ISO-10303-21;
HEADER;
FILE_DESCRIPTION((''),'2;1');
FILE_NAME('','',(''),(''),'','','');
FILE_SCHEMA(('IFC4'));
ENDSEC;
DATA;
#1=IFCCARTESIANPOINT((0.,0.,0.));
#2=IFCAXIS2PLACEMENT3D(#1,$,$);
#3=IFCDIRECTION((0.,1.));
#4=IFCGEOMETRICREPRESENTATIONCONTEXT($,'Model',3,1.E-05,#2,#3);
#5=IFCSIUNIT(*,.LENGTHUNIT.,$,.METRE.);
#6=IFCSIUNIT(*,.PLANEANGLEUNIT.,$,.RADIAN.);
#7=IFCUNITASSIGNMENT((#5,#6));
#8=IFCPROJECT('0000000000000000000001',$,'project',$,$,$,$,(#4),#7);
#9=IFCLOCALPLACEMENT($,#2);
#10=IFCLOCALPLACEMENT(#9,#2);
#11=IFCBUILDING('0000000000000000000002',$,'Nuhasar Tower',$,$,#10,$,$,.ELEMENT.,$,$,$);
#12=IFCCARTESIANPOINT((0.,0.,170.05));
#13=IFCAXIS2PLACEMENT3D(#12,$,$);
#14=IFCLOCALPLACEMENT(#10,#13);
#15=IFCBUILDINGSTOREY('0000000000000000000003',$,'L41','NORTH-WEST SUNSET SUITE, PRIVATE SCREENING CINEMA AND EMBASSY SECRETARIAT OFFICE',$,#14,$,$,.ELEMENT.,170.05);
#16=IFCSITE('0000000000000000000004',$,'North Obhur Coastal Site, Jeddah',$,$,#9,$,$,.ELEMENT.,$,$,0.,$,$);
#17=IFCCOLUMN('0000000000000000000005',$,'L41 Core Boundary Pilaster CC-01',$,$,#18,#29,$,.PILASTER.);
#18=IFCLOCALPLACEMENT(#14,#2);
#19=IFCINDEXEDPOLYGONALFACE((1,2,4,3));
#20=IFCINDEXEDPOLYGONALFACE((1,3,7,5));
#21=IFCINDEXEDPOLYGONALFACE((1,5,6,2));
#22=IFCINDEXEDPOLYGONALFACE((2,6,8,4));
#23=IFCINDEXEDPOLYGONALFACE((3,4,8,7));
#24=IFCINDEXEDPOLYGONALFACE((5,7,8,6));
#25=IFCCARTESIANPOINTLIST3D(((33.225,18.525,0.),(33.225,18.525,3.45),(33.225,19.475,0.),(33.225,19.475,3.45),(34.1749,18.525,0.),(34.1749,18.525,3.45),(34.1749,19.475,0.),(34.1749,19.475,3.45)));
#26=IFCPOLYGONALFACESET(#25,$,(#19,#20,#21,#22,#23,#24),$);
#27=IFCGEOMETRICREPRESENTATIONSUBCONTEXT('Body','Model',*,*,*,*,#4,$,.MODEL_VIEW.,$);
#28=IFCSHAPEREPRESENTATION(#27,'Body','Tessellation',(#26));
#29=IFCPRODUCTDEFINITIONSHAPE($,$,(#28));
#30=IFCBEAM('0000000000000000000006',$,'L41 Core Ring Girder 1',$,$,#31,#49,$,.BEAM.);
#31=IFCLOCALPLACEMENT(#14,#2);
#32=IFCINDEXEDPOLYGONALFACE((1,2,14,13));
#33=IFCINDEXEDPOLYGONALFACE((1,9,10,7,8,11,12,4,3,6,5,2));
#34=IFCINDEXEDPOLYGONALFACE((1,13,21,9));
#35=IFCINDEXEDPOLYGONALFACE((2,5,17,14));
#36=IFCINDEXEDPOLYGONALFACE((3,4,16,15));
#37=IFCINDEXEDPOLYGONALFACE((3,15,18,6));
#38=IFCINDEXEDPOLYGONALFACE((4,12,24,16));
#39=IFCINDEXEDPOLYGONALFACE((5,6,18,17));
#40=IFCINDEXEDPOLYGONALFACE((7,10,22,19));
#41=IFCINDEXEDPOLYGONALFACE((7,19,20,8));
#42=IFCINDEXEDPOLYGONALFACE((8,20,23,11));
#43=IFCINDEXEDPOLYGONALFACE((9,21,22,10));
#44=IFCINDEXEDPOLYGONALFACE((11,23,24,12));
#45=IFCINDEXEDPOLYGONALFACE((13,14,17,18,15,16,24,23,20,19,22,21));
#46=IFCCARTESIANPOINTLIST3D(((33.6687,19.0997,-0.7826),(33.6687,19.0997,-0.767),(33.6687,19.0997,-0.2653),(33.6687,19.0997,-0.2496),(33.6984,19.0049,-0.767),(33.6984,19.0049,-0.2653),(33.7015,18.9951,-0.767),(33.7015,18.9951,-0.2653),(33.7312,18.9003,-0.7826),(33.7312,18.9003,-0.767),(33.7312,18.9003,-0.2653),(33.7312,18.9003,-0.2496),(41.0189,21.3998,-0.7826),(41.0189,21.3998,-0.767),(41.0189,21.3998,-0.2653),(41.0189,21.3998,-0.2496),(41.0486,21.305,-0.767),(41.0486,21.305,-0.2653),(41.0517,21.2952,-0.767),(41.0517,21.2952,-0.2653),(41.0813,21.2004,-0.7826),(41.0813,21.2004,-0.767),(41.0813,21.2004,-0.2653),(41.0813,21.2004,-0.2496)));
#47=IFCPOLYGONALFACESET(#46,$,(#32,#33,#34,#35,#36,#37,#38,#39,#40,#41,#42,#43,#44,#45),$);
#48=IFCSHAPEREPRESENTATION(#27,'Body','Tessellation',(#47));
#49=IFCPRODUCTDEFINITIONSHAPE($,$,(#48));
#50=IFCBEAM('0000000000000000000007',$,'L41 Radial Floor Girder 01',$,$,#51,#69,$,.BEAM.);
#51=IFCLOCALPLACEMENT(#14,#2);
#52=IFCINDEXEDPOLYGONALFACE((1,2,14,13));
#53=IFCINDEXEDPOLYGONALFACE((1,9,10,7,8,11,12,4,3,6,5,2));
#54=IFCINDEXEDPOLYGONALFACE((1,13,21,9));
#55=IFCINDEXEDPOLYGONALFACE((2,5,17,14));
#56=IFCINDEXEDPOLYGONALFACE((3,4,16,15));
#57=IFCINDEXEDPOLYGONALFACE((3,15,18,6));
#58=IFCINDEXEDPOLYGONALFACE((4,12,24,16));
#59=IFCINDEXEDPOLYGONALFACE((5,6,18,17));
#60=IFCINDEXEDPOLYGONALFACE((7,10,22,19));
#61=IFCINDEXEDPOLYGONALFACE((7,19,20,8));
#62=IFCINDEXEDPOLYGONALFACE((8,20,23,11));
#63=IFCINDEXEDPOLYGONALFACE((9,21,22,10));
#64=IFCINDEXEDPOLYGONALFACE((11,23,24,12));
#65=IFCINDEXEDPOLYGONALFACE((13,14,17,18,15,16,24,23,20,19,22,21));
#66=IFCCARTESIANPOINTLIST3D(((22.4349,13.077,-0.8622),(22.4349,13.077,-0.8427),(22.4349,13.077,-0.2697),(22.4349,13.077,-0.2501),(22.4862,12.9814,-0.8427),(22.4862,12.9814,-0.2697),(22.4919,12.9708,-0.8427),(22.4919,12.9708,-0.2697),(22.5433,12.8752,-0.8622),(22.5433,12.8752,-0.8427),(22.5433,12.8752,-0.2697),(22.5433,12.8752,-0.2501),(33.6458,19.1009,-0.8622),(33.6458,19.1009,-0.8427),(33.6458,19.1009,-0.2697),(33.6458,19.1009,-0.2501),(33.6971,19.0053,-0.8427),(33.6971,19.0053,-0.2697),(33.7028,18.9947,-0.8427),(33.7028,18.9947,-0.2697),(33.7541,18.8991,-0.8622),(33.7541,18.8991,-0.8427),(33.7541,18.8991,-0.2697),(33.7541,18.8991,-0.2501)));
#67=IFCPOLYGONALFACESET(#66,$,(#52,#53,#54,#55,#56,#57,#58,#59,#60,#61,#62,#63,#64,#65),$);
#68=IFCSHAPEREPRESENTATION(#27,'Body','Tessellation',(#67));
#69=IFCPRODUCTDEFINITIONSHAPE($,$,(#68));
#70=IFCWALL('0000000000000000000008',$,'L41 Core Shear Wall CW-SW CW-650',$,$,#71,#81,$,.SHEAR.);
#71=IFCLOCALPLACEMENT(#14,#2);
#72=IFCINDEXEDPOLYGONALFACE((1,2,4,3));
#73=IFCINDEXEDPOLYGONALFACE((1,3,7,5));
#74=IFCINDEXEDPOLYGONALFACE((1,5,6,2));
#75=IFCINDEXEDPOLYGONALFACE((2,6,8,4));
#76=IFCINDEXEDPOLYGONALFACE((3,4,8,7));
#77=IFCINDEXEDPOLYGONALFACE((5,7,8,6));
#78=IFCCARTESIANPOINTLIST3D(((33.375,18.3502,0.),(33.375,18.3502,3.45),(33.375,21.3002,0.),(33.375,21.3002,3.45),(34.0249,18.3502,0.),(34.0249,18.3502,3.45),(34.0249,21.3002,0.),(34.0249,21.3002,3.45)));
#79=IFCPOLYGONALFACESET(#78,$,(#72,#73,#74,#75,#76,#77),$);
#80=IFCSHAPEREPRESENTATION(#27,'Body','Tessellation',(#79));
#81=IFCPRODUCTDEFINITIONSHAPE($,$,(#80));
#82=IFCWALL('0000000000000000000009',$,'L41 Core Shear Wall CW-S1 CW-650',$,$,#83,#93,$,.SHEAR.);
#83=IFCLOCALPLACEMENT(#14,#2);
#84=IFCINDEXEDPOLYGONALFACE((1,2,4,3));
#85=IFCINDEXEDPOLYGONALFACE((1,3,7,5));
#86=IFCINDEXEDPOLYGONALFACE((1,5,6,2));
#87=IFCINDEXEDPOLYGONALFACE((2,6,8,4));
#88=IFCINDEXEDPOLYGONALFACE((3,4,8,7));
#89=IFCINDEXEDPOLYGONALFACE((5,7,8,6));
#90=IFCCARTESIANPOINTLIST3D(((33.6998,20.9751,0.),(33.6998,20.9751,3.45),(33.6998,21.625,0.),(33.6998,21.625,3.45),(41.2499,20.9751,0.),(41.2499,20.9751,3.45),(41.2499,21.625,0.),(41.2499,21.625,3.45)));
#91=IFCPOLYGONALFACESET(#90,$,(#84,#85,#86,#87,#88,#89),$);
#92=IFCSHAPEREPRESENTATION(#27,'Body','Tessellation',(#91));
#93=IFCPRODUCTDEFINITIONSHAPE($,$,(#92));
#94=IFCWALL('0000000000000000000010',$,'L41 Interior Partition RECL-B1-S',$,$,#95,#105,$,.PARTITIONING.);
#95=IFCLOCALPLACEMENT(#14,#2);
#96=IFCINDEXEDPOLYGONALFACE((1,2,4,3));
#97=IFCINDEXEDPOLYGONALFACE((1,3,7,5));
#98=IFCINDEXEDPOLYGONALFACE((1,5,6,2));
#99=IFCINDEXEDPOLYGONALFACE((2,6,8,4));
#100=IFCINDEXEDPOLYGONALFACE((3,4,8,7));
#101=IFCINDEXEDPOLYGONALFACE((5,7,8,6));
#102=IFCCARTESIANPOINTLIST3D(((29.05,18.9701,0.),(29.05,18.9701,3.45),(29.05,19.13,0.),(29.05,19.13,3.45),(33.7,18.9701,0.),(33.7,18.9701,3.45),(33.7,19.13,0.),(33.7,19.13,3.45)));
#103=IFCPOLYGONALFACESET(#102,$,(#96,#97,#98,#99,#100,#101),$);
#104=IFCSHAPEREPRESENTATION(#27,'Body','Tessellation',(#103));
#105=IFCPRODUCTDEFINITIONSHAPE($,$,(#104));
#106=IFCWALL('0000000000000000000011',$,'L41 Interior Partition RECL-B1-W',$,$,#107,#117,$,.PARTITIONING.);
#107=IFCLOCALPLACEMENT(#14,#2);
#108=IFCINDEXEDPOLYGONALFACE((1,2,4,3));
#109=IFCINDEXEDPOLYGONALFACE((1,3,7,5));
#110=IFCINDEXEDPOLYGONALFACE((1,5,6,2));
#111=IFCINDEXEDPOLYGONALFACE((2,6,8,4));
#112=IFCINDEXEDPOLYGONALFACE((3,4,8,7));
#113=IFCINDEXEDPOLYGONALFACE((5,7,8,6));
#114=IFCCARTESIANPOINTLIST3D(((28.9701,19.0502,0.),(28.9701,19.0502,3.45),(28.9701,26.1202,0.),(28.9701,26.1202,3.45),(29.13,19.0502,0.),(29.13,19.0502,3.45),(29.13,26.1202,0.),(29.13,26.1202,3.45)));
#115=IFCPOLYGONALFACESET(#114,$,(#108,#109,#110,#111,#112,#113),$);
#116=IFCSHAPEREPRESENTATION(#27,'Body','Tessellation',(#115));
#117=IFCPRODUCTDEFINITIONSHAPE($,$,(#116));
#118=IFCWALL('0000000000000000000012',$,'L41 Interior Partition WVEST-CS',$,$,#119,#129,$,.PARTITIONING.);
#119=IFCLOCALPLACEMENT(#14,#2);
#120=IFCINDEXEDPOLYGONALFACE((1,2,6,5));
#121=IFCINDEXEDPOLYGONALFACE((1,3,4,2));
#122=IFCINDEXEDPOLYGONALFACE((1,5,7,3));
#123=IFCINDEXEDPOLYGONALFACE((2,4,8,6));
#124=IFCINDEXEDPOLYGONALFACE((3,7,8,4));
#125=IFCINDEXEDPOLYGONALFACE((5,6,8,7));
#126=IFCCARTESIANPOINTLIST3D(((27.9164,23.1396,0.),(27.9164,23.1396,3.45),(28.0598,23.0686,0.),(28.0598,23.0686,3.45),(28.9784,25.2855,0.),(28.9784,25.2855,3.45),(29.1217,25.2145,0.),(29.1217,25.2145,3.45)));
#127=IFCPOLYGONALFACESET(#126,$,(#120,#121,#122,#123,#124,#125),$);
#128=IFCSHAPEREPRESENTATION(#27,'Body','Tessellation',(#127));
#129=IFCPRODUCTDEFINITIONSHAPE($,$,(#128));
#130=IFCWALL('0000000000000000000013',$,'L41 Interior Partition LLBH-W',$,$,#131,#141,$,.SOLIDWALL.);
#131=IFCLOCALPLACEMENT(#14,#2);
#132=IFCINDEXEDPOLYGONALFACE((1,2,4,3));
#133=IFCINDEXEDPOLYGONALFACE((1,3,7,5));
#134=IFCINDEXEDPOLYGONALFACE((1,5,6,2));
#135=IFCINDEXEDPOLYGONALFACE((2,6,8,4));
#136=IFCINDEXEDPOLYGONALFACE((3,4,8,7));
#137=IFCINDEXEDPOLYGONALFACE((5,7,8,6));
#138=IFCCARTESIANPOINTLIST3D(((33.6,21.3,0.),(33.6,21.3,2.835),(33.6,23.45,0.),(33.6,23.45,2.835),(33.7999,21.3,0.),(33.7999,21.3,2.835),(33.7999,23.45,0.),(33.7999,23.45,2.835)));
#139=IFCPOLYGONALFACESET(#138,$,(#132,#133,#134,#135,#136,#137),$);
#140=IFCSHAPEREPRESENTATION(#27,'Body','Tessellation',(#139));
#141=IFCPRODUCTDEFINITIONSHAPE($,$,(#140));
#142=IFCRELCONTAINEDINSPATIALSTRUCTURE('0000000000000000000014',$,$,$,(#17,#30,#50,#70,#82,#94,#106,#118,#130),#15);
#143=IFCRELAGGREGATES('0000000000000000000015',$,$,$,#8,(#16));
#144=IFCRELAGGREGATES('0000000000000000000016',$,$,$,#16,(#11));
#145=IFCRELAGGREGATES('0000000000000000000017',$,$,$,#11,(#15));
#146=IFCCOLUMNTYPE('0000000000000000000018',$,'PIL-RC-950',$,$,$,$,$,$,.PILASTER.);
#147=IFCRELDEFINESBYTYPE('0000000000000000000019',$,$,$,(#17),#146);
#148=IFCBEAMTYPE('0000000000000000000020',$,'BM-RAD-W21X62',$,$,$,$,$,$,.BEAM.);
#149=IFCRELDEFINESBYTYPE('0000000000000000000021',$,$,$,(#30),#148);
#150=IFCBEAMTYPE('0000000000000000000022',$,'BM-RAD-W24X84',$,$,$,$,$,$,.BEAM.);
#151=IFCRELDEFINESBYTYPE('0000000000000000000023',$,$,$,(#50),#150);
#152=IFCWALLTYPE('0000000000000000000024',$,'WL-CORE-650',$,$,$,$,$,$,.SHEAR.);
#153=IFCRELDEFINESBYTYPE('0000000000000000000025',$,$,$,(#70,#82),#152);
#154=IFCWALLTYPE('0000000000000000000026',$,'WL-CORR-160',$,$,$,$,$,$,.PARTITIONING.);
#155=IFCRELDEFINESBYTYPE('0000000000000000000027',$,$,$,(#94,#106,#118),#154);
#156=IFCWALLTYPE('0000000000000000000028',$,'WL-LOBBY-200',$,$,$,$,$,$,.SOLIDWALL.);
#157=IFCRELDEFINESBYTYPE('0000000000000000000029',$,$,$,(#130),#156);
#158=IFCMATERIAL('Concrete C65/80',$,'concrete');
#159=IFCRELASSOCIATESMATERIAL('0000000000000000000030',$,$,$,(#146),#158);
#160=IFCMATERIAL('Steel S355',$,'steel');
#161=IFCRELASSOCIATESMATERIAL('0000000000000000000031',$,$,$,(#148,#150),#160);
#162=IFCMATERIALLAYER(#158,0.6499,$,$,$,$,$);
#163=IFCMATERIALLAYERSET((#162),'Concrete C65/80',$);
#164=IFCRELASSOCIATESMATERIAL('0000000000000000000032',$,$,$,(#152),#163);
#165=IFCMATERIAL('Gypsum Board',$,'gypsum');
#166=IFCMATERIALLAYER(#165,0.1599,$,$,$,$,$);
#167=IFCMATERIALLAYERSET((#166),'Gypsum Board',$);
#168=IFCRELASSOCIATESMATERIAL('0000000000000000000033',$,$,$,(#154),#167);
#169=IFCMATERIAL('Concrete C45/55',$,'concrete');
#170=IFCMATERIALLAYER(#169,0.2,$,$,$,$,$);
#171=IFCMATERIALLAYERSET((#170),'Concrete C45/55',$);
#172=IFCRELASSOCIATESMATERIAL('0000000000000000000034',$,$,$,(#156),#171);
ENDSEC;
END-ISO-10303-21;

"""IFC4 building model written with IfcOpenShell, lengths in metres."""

from ifc_helpers import new_model, si_unit, direction, frame, frame_2d, origin, origin_2d, place, context, subcontext, project, spatial, rectangle, i_section, extrude, material, layer, layer_set, material_profile, profile_set, type_object, element, save


model = new_model("IFC4")

# Units and contexts
model_context = context("Model", 3, precision=1e-05, world=origin(), true_north=direction((0.0, 1.0)))
body_context = subcontext(model_context, "Body", "Model", "MODEL_VIEW")
ifc_project = project(units=[si_unit("LENGTHUNIT", "METRE"), si_unit("PLANEANGLEUNIT", "RADIAN")], contexts=[model_context])

# Site, building, storey
site_placement = place(None, origin())
site = spatial("IfcSite", under=ifc_project, at=site_placement, Name="North Obhur Coastal Site, Jeddah", CompositionType="ELEMENT", RefElevation=0.0)
building_placement = place(site_placement, origin())
building = spatial("IfcBuilding", under=site, at=building_placement, Name="Nuhasar Tower", CompositionType="ELEMENT")
storey_placement = place(building_placement, frame((0.0, 0.0, 170.05)))
storey = spatial("IfcBuildingStorey", under=building, at=storey_placement, Name="L41", Description="NORTH-WEST SUNSET SUITE, PRIVATE SCREENING CINEMA AND EMBASSY SECRETARIAT OFFICE", CompositionType="ELEMENT", Elevation=170.05)

# Column
ifc_material_1 = material(Name="Concrete C65/80", Category="concrete")
ifc_material_profile_1 = material_profile(ifc_material_1, rectangle(XDim=0.95, YDim=0.95, at=origin_2d()), Name="RC950X950")
ifc_profile_set_1 = profile_set([ifc_material_profile_1], Name="Concrete C65/80")
column_type = type_object("IfcColumnType", Name="PIL-RC-950", PredefinedType="PILASTER", material=ifc_profile_set_1)
column_placement = place(storey_placement, frame((33.7, 19.0, 0.0), z_axis=(0.0, 0.0, 1.0), x_axis=(1.0, 0.0, 0.0)))
element("IfcColumn", 1, at=column_placement, inside=storey, type_object=column_type, Name="L41 Core Boundary Pilaster CC-01", PredefinedType="PILASTER", context=body_context, shape_type="SweptSolid", body=[
    extrude(rectangle(XDim=0.95, YDim=0.95, at=origin_2d()), origin(), (0.0, 0.0, 1.0), 3.45),
])

# Beams
ifc_material_2 = material(Name="Steel S355", Category="steel")
ifc_material_profile_2 = material_profile(ifc_material_2, i_section(OverallWidth=0.209, OverallDepth=0.533, WebThickness=0.0103, FlangeThickness=0.0156, at=origin_2d()), Name="W21X62")
ifc_profile_set_2 = profile_set([ifc_material_profile_2], Name="Steel S355")
beam_type_1 = type_object("IfcBeamType", Name="BM-RAD-W21X62", PredefinedType="BEAM", material=ifc_profile_set_2)
beam_1_placement = place(storey_placement, frame((33.7, 19.0, -0.5161), z_axis=(0.954364, 0.298647, 0.0), x_axis=(-0.298647, 0.954364, 0.0)))
element("IfcBeam", 2, at=beam_1_placement, inside=storey, type_object=beam_type_1, Name="L41 Core Ring Girder 1", PredefinedType="BEAM", context=body_context, shape_type="SweptSolid", body=[
    extrude(i_section(OverallWidth=0.209, OverallDepth=0.533, WebThickness=0.0103, FlangeThickness=0.0156, at=origin_2d()), origin(), (0.0, 0.0, 1.0), 7.7017),
])
ifc_material_profile_3 = material_profile(ifc_material_2, i_section(OverallWidth=0.229, OverallDepth=0.6121, WebThickness=0.012, FlangeThickness=0.0195, at=origin_2d()), Name="W24X84")
ifc_profile_set_3 = profile_set([ifc_material_profile_3], Name="Steel S355")
beam_type_2 = type_object("IfcBeamType", Name="BM-RAD-W24X84", PredefinedType="BEAM", material=ifc_profile_set_3)
beam_2_placement = place(storey_placement, frame((33.7, 19.0, -0.5562), z_axis=(-0.880888, -0.473324, 0.0), x_axis=(0.473324, -0.880888, 0.0)))
element("IfcBeam", 3, at=beam_2_placement, inside=storey, type_object=beam_type_2, Name="L41 Radial Floor Girder 01", PredefinedType="BEAM", context=body_context, shape_type="SweptSolid", body=[
    extrude(i_section(OverallWidth=0.229, OverallDepth=0.6121, WebThickness=0.012, FlangeThickness=0.0195, at=origin_2d()), origin(), (0.0, 0.0, 1.0), 12.7268),
])

# Walls
ifc_layer_1 = layer(ifc_material_1, 0.6499)
ifc_layer_set_1 = layer_set([ifc_layer_1], Name="Concrete C65/80")
wall_type_1 = type_object("IfcWallType", Name="WL-CORE-650", PredefinedType="SHEAR", material=ifc_layer_set_1)
wall_1_placement = place(storey_placement, frame((33.7, 18.3501, 0.0), z_axis=(0.0, 0.0, 1.0), x_axis=(0.0, 1.0, 0.0)))
element("IfcWall", 4, at=wall_1_placement, inside=storey, type_object=wall_type_1, Name="L41 Core Shear Wall CW-SW CW-650", PredefinedType="SHEAR", context=body_context, shape_type="SweptSolid", body=[
    extrude(rectangle(XDim=2.95, YDim=0.6499, at=frame_2d((1.4751, 0.0))), origin(), (0.0, 0.0, 1.0), 3.45),
])
wall_2_placement = place(storey_placement, frame((33.7, 21.3, 0.0), z_axis=(0.0, 0.0, 1.0), x_axis=(1.0, 0.0, 0.0)))
element("IfcWall", 5, at=wall_2_placement, inside=storey, type_object=wall_type_1, Name="L41 Core Shear Wall CW-S1 CW-650", PredefinedType="SHEAR", context=body_context, shape_type="SweptSolid", body=[
    extrude(rectangle(XDim=7.55, YDim=0.6499, at=frame_2d((3.7749, 0.0))), origin(), (0.0, 0.0, 1.0), 3.45),
])
ifc_material_3 = material(Name="Gypsum Board", Category="gypsum")
ifc_layer_2 = layer(ifc_material_3, 0.1599)
ifc_layer_set_2 = layer_set([ifc_layer_2], Name="Gypsum Board")
wall_type_2 = type_object("IfcWallType", Name="WL-CORR-160", PredefinedType="PARTITIONING", material=ifc_layer_set_2)
wall_3_placement = place(storey_placement, frame((29.05, 19.05, 0.0), z_axis=(0.0, 0.0, 1.0), x_axis=(1.0, 0.0, 0.0)))
element("IfcWall", 6, at=wall_3_placement, inside=storey, type_object=wall_type_2, Name="L41 Interior Partition RECL-B1-S", PredefinedType="PARTITIONING", context=body_context, shape_type="SweptSolid", body=[
    extrude(rectangle(XDim=4.6499, YDim=0.1599, at=frame_2d((2.325, 0.0))), origin(), (0.0, 0.0, 1.0), 3.45),
])
wall_4_placement = place(storey_placement, frame((29.05, 19.05, 0.0), z_axis=(0.0, 0.0, 1.0), x_axis=(0.0, 1.0, 0.0)))
element("IfcWall", 7, at=wall_4_placement, inside=storey, type_object=wall_type_2, Name="L41 Interior Partition RECL-B1-W", PredefinedType="PARTITIONING", context=body_context, shape_type="SweptSolid", body=[
    extrude(rectangle(XDim=7.0701, YDim=0.1599, at=frame_2d((3.5352, 0.0))), origin(), (0.0, 0.0, 1.0), 3.45),
])

# Walls
wall_5_placement = place(storey_placement, frame((27.988, 23.104, 0.0), z_axis=(0.0, 0.0, 1.0), x_axis=(0.443539, 0.896255, 0.0)))
element("IfcWall", 8, at=wall_5_placement, inside=storey, type_object=wall_type_2, Name="L41 Interior Partition WVEST-CS", PredefinedType="PARTITIONING", context=body_context, shape_type="SweptSolid", body=[
    extrude(rectangle(XDim=2.3943, YDim=0.1599, at=frame_2d((1.1973, 0.0))), origin(), (0.0, 0.0, 1.0), 3.45),
])
ifc_material_4 = material(Name="Concrete C45/55", Category="concrete")
ifc_layer_3 = layer(ifc_material_4, 0.2)
ifc_layer_set_3 = layer_set([ifc_layer_3], Name="Concrete C45/55")
wall_type_3 = type_object("IfcWallType", Name="WL-LOBBY-200", PredefinedType="SOLIDWALL", material=ifc_layer_set_3)
wall_6_placement = place(storey_placement, frame((33.7, 21.3, 0.0), z_axis=(0.0, 0.0, 1.0), x_axis=(0.0, 1.0, 0.0)))
element("IfcWall", 9, at=wall_6_placement, inside=storey, type_object=wall_type_3, Name="L41 Interior Partition LLBH-W", PredefinedType="SOLIDWALL", context=body_context, shape_type="SweptSolid", body=[
    extrude(rectangle(XDim=2.1499, YDim=0.2, at=frame_2d((1.075, 0.0))), origin(), (0.0, 0.0, 1.0), 2.835),
])

save(model, "model.ifc")
